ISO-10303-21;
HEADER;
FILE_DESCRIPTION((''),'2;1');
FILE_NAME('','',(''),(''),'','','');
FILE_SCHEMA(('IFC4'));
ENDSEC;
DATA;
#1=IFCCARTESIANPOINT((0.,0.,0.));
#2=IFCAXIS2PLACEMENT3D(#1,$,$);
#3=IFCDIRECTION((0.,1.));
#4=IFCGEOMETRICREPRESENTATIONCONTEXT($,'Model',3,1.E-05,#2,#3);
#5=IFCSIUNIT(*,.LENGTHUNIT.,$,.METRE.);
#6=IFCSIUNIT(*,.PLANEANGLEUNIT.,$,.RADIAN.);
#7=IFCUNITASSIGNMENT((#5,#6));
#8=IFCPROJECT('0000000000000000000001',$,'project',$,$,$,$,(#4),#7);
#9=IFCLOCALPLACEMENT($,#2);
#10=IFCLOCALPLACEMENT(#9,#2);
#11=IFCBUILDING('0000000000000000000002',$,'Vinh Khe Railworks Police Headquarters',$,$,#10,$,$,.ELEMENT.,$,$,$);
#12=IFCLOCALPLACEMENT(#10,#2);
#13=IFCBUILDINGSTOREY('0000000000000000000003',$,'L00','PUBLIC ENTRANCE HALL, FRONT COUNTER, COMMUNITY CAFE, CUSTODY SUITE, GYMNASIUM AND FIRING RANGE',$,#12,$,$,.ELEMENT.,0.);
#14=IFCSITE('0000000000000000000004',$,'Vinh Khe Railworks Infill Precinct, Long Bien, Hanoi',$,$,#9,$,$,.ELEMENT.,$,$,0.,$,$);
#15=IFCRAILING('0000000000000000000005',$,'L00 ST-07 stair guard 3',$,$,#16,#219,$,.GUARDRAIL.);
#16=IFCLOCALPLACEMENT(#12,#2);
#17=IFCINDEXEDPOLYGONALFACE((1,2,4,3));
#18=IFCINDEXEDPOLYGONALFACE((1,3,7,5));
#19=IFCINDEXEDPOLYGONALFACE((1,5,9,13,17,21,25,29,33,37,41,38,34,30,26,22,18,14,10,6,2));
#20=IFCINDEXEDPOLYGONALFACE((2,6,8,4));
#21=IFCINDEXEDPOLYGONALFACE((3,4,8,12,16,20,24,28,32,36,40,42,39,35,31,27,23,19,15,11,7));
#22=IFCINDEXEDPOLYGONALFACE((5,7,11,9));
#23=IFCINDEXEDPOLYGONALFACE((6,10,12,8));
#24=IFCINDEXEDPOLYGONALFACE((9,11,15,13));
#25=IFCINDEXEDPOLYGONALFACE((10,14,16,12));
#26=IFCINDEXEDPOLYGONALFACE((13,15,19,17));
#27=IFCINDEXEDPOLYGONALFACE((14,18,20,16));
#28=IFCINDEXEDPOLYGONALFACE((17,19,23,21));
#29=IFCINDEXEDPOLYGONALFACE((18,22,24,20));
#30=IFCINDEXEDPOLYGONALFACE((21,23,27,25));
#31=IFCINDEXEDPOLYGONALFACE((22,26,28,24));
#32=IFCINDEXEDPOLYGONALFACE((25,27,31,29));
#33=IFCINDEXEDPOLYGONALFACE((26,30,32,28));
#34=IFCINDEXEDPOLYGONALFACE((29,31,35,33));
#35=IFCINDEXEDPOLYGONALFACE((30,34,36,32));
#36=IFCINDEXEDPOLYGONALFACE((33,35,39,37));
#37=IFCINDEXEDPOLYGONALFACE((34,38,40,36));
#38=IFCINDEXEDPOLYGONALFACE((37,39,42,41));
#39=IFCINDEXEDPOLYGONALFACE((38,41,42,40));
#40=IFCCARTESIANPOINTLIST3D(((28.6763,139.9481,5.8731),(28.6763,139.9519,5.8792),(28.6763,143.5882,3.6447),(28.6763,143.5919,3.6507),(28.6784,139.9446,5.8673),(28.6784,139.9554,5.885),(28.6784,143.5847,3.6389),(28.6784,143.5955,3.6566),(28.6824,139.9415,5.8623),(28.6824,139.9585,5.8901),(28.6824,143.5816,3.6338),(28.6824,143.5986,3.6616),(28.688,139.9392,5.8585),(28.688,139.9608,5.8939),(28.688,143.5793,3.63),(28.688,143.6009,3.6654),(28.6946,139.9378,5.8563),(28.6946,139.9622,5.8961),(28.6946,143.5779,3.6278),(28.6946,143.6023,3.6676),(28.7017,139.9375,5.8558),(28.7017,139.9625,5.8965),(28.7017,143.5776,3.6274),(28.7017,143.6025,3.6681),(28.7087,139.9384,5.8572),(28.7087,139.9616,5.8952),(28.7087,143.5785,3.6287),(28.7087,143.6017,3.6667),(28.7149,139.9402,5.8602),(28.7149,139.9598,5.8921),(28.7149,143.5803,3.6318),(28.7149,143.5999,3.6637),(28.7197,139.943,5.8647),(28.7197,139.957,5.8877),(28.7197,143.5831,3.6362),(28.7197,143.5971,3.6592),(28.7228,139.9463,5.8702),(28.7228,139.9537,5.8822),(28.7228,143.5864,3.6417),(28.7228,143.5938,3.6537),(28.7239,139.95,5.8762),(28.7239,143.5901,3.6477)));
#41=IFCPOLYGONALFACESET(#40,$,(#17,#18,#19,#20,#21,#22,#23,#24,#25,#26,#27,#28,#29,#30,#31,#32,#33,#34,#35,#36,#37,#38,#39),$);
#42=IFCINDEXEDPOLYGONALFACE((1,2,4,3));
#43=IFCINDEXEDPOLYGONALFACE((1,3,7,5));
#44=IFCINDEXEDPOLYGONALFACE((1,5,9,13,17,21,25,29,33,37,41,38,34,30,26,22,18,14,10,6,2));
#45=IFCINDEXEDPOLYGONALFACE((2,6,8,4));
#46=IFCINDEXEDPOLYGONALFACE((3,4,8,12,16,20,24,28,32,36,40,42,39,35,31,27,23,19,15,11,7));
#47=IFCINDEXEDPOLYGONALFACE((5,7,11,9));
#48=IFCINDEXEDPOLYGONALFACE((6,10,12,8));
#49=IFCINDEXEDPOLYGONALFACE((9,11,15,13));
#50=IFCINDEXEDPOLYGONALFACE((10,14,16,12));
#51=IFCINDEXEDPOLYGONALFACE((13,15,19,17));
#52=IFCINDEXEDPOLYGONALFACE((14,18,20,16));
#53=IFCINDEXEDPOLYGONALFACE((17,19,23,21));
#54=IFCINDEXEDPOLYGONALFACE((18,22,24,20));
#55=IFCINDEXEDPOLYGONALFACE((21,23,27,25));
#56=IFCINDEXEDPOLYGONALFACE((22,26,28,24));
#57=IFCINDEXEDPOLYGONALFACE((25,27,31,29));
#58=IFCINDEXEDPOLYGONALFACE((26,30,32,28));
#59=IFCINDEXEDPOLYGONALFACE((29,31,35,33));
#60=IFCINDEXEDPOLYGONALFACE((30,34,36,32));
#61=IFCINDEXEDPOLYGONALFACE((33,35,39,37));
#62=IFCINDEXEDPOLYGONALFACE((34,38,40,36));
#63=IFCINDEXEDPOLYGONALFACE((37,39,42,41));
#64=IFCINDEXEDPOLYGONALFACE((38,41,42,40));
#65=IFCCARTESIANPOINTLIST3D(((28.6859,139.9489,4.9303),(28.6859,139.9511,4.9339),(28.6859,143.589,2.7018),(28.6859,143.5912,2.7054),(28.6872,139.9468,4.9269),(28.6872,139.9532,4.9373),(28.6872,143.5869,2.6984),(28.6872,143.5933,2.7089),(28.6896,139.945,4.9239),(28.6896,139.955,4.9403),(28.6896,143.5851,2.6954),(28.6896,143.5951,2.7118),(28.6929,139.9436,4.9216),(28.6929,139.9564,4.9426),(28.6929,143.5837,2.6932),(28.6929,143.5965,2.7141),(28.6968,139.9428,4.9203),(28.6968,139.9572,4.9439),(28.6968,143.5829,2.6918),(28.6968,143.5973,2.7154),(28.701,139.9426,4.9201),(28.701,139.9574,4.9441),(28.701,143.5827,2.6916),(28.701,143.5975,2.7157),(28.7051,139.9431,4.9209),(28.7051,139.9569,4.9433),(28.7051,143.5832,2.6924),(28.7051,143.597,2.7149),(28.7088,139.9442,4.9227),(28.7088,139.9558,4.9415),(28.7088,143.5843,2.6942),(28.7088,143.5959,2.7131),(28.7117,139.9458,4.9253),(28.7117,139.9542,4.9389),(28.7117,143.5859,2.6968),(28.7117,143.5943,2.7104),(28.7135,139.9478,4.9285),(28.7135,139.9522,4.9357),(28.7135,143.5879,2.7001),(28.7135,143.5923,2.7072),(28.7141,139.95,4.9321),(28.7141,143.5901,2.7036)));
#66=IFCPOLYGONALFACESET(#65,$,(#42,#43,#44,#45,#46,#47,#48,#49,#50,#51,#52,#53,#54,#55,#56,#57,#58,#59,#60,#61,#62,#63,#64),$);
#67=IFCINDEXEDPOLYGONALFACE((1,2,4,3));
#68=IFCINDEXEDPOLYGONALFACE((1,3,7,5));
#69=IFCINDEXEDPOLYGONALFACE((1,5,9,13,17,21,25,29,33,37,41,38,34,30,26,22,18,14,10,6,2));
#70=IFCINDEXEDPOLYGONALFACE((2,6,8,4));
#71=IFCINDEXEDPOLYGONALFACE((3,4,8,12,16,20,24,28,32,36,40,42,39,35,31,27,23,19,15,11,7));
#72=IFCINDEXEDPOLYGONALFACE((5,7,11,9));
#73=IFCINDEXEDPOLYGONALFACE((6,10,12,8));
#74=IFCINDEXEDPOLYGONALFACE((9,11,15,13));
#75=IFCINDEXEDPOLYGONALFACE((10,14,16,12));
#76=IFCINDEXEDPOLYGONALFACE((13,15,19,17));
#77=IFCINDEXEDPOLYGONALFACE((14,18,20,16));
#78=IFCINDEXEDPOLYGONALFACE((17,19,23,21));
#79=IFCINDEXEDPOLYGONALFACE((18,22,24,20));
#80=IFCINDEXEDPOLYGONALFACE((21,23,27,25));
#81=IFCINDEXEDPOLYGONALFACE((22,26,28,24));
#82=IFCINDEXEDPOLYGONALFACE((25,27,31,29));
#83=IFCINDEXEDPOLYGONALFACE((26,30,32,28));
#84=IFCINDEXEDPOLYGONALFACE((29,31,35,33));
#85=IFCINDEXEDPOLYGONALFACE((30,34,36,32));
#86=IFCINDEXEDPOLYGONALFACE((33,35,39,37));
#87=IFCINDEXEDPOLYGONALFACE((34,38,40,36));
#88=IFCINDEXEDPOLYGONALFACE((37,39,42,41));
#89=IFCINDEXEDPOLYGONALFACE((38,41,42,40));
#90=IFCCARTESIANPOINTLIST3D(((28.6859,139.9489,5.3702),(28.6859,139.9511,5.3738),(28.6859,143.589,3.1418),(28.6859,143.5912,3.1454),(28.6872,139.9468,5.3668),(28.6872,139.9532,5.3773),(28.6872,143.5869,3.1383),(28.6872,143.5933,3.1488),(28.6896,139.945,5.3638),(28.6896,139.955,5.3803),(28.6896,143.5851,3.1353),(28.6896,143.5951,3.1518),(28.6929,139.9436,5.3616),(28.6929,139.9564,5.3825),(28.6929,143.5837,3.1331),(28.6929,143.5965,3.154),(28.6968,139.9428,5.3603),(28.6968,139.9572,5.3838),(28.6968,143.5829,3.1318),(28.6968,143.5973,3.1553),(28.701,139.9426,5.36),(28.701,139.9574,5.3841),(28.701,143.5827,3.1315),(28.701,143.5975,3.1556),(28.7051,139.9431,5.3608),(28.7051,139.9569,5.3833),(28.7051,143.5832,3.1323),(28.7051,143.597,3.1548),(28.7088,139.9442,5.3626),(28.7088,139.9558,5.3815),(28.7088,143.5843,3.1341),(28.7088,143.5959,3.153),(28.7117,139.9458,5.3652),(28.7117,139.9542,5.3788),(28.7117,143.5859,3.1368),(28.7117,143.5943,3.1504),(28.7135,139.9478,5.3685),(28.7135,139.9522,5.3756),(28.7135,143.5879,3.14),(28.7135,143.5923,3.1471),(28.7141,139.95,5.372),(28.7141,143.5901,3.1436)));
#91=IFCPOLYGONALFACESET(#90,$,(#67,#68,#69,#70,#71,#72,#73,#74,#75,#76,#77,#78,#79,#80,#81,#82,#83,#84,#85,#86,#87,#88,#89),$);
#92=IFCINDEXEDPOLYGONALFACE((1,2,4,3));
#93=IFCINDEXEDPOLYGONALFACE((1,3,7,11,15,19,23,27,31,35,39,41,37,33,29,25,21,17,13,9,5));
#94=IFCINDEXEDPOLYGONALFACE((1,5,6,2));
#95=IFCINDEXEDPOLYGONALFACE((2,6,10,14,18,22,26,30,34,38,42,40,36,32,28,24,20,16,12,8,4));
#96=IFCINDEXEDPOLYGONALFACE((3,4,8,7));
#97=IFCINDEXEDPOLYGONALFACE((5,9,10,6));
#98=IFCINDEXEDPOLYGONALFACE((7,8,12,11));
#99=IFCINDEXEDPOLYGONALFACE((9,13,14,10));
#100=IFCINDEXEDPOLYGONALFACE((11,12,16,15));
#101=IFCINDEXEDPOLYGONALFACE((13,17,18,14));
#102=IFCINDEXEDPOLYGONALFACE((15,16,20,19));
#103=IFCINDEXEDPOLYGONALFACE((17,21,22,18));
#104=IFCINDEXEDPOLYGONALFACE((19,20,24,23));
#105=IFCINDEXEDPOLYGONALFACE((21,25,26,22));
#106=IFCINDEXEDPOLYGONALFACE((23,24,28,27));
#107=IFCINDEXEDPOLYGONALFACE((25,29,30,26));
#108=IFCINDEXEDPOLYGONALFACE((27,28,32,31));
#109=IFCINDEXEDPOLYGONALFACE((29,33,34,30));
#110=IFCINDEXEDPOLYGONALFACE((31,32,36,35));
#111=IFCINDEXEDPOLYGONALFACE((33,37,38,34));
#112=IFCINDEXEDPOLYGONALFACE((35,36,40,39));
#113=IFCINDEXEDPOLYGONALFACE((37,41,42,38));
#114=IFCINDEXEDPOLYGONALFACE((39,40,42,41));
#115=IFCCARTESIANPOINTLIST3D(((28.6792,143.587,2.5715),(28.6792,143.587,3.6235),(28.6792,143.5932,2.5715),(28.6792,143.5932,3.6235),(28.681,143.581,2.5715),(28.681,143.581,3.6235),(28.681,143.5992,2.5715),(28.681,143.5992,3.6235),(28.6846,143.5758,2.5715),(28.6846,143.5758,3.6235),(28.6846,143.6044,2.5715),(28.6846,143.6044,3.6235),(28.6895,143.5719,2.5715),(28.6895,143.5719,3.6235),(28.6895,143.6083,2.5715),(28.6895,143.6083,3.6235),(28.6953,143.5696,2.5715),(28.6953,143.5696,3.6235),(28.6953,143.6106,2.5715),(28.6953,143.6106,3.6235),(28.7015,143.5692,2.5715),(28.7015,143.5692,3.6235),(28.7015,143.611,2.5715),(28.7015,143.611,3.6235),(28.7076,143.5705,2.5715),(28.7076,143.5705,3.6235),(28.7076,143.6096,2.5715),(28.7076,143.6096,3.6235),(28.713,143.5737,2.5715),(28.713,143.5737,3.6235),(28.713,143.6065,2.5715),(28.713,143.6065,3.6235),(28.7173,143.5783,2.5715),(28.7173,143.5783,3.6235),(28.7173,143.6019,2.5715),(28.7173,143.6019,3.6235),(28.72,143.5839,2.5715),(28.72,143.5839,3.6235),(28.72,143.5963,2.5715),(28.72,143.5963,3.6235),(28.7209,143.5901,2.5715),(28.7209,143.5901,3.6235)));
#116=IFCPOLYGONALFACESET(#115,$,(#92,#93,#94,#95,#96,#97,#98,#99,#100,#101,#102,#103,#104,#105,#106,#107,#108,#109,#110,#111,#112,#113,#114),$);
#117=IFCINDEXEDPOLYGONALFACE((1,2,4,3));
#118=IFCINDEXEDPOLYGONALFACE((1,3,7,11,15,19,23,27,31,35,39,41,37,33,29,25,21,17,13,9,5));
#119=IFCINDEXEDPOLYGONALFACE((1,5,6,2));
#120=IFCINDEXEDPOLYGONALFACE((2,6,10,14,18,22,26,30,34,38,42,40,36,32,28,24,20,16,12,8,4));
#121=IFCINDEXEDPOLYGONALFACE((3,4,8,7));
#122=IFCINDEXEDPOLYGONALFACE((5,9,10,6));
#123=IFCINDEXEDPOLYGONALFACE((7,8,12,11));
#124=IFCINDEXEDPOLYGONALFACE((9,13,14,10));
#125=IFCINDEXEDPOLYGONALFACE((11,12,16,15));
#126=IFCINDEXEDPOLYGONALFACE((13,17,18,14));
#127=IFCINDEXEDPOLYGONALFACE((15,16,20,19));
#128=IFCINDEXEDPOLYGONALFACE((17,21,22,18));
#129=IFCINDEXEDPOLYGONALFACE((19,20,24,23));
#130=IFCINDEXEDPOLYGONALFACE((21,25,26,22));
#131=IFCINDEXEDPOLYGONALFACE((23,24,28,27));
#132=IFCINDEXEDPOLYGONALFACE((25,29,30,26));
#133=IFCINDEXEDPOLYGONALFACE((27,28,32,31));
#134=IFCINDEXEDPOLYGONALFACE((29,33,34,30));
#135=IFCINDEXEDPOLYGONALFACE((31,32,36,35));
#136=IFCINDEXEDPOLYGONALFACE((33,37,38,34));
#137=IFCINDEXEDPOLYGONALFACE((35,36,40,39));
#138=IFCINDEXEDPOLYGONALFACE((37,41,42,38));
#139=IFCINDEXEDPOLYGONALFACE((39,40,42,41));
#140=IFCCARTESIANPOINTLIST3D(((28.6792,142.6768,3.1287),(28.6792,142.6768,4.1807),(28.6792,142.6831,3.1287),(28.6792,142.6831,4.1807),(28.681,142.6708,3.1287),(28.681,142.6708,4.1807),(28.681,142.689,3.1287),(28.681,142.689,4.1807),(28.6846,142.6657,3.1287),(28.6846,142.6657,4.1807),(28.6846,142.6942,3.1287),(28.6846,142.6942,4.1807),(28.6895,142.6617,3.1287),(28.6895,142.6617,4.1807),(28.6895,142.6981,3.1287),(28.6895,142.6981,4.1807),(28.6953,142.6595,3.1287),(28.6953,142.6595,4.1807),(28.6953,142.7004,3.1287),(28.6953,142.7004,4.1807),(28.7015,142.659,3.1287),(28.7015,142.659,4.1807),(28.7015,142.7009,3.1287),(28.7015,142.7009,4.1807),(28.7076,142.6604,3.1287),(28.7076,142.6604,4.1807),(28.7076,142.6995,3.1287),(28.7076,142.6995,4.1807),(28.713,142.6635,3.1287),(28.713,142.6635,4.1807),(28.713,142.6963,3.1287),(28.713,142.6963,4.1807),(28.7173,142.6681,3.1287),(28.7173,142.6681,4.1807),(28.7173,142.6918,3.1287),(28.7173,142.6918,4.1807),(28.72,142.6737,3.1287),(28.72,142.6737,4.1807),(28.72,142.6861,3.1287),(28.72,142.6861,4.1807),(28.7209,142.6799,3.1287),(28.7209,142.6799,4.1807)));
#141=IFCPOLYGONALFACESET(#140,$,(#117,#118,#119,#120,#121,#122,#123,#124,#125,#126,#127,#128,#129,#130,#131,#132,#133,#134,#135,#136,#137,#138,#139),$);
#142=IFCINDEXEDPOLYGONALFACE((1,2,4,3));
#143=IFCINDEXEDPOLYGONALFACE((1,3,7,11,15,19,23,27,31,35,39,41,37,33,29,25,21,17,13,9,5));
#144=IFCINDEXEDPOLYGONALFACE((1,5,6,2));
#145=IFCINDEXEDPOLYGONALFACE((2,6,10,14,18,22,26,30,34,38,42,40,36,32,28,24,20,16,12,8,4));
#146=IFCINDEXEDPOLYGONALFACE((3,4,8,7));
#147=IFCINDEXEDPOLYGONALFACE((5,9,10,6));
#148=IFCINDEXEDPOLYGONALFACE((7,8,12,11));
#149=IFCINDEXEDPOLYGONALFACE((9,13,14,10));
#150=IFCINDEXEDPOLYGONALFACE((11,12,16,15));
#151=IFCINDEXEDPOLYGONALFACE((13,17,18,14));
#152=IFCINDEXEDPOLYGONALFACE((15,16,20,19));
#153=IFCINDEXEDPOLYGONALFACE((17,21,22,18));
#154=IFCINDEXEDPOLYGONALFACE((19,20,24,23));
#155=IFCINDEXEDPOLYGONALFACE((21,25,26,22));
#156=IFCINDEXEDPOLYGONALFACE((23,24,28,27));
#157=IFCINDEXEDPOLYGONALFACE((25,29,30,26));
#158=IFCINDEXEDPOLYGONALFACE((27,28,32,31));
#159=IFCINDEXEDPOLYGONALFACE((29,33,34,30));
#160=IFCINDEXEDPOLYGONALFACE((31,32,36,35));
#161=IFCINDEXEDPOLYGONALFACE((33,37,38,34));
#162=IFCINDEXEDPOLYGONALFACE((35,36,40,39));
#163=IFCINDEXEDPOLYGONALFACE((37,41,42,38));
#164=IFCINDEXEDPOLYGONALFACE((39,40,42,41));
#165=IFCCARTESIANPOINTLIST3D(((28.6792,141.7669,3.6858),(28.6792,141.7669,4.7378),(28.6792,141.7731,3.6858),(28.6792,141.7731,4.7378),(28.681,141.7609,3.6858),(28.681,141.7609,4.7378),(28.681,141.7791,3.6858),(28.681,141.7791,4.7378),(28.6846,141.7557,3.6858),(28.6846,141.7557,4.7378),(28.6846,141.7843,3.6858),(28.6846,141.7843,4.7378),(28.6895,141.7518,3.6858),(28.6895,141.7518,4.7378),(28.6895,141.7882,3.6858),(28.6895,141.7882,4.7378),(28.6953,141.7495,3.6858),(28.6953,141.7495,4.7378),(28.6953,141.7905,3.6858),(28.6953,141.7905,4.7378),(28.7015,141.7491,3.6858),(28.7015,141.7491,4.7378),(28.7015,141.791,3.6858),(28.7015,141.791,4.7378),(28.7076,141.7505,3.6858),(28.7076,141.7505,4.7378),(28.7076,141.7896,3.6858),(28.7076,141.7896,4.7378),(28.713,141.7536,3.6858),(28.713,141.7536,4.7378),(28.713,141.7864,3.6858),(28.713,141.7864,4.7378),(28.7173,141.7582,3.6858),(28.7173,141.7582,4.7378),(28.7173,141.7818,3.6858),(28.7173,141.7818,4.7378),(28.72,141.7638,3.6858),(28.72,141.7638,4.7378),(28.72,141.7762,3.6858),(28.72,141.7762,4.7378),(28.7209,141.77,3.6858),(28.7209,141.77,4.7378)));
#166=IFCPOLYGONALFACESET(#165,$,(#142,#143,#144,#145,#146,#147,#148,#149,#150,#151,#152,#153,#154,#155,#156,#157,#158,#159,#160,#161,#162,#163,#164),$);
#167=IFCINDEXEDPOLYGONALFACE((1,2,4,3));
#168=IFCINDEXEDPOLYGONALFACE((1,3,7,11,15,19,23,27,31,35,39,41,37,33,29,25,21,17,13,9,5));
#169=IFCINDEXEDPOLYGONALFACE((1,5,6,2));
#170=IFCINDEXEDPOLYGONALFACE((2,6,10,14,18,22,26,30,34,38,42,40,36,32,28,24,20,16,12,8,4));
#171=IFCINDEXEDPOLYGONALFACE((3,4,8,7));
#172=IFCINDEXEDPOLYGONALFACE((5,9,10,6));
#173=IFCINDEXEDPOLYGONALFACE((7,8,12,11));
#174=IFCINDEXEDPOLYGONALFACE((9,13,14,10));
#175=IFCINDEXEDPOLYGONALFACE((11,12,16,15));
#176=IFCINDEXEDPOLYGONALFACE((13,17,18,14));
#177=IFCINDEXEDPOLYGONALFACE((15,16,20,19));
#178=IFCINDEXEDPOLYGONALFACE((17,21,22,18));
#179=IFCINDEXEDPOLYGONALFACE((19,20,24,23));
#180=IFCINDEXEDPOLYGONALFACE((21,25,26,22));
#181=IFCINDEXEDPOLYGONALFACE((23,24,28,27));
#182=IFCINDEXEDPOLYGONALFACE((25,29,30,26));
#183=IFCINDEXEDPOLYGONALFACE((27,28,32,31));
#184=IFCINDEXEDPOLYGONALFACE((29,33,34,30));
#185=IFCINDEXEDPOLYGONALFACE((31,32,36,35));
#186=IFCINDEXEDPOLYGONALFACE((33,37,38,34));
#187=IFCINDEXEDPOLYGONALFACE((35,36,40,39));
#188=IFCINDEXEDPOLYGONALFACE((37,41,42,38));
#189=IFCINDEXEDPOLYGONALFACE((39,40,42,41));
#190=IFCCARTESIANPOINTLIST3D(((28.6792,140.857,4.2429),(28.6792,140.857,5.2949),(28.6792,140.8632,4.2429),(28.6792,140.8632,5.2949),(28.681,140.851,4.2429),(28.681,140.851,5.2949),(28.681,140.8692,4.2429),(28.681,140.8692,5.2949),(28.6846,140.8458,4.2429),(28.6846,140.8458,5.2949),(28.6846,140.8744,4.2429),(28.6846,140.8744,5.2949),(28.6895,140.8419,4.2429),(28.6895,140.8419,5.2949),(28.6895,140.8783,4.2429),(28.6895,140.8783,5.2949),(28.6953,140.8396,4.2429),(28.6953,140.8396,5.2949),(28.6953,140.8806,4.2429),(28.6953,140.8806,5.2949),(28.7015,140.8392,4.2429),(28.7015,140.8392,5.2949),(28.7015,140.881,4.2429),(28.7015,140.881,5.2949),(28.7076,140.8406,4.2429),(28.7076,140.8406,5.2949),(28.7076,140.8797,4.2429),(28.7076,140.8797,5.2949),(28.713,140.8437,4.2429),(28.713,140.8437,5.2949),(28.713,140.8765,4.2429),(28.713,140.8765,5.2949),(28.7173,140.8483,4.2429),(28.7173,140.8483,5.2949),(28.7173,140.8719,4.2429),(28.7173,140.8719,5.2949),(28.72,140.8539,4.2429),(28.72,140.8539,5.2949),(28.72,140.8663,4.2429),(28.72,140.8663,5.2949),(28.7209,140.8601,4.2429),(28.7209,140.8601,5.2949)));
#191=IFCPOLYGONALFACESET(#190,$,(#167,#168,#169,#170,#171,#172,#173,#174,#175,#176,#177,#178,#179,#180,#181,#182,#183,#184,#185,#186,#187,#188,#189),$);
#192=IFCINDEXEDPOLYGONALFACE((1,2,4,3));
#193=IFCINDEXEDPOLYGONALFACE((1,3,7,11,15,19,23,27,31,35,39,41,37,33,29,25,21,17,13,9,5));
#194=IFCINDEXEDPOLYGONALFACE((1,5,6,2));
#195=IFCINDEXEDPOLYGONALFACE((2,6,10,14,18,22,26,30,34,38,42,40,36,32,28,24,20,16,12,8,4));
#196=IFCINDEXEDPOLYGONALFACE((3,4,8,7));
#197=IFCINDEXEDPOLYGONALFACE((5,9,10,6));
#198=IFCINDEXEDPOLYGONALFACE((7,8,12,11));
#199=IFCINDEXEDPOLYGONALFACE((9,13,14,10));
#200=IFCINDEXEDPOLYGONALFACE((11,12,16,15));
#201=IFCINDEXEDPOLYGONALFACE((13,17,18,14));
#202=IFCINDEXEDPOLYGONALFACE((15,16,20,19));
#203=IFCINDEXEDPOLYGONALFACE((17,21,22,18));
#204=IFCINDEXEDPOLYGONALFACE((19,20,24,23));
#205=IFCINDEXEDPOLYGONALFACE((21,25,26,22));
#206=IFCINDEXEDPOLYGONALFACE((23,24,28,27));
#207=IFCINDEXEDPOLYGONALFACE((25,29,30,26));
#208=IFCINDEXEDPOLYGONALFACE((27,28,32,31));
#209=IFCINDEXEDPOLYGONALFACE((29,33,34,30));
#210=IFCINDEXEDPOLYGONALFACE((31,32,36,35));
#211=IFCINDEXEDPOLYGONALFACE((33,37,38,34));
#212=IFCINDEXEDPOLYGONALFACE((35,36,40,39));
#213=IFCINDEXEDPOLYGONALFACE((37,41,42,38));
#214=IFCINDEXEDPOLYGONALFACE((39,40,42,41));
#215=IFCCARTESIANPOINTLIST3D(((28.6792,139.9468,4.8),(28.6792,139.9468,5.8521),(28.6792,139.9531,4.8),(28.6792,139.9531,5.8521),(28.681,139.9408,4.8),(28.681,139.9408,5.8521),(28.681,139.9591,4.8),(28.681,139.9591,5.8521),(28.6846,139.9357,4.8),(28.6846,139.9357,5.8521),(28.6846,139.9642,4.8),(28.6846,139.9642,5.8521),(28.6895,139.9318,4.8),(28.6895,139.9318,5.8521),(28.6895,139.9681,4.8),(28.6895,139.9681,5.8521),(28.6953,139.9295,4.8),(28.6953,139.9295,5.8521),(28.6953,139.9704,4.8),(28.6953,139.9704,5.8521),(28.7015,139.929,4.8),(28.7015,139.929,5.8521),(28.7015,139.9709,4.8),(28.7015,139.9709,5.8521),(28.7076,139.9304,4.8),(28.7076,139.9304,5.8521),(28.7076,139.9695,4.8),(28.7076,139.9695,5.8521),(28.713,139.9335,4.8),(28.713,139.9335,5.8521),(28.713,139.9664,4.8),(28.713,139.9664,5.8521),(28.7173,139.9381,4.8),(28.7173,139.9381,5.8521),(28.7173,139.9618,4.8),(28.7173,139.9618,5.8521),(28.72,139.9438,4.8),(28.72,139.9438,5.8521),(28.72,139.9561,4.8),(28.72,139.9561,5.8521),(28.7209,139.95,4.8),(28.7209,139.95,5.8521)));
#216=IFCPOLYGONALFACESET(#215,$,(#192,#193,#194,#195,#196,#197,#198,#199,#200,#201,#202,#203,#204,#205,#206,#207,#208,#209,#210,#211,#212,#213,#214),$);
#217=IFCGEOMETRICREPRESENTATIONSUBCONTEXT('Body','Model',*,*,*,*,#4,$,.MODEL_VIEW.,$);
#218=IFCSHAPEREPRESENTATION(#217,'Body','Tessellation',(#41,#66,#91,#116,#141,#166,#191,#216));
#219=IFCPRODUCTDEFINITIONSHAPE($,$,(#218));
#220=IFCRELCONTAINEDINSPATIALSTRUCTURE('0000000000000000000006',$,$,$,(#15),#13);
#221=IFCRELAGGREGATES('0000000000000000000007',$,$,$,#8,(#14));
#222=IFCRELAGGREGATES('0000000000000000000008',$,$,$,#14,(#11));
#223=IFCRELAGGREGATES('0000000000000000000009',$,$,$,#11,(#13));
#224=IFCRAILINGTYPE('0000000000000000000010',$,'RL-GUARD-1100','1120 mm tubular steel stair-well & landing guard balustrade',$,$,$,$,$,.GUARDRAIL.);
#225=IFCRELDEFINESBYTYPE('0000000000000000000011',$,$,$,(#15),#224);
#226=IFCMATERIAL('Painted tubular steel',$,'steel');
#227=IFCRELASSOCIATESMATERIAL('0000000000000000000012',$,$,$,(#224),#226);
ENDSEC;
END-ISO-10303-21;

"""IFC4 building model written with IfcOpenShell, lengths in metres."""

from ifc_helpers import new_model, si_unit, direction, frame, origin, origin_2d, place, context, subcontext, project, spatial, circle, extrude, material, type_object, element, save


model = new_model("IFC4")

# Units and contexts
model_context = context("Model", 3, precision=1e-05, world=origin(), true_north=direction((0.0, 1.0)))
body_context = subcontext(model_context, "Body", "Model", "MODEL_VIEW")
ifc_project = project(units=[si_unit("LENGTHUNIT", "METRE"), si_unit("PLANEANGLEUNIT", "RADIAN")], contexts=[model_context])

# Site, building, storey
site_placement = place(None, origin())
site = spatial("IfcSite", under=ifc_project, at=site_placement, Name="Vinh Khe Railworks Infill Precinct, Long Bien, Hanoi", CompositionType="ELEMENT", RefElevation=0.0)
building_placement = place(site_placement, origin())
building = spatial("IfcBuilding", under=site, at=building_placement, Name="Vinh Khe Railworks Police Headquarters", CompositionType="ELEMENT")
storey_placement = place(building_placement, origin())
storey = spatial("IfcBuildingStorey", under=building, at=storey_placement, Name="L00", Description="PUBLIC ENTRANCE HALL, FRONT COUNTER, COMMUNITY CAFE, CUSTODY SUITE, GYMNASIUM AND FIRING RANGE", CompositionType="ELEMENT", Elevation=0.0)

# Railing
ifc_material_1 = material(Name="Painted tubular steel", Category="steel")
railing_type_1 = type_object("IfcRailingType", Name="RL-GUARD-1100", Description="1120 mm tubular steel stair-well & landing guard balustrade", PredefinedType="GUARDRAIL", material=ifc_material_1)
railing_1_placement = place(storey_placement, frame((28.7, 143.5901, 2.5715)))
element("IfcRailing", 1, at=railing_1_placement, inside=storey, type_object=railing_type_1, Name="L00 ST-07 stair guard 3", PredefinedType="GUARDRAIL", context=body_context, shape_type="SweptSolid", body=[
    extrude(circle(Radius=0.0239, at=origin_2d()), frame((0.0, 0.0, 1.0762), z_axis=(0.0, -0.852866, 0.52213), x_axis=(1.0, 0.0, 0.0)), (0.0, 0.0, 1.0), 4.2681),
    extrude(circle(Radius=0.0142, at=origin_2d()), frame((0.0, 0.0, 0.1321), z_axis=(0.0, -0.852866, 0.52213), x_axis=(1.0, 0.0, 0.0)), (0.0, 0.0, 1.0), 4.2681),
    extrude(circle(Radius=0.0142, at=origin_2d()), frame((0.0, 0.0, 0.572), z_axis=(0.0, -0.852866, 0.52213), x_axis=(1.0, 0.0, 0.0)), (0.0, 0.0, 1.0), 4.2681),
    extrude(circle(Radius=0.021, at=origin_2d()), origin(), (0.0, 0.0, 1.0), 1.052),
    extrude(circle(Radius=0.021, at=origin_2d()), frame((0.0, -0.9102, 0.5571)), (0.0, 0.0, 1.0), 1.052),
    extrude(circle(Radius=0.021, at=origin_2d()), frame((0.0, -1.8201, 1.1143)), (0.0, 0.0, 1.0), 1.052),
    extrude(circle(Radius=0.021, at=origin_2d()), frame((0.0, -2.73, 1.6714)), (0.0, 0.0, 1.0), 1.052),
    extrude(circle(Radius=0.021, at=origin_2d()), frame((0.0, -3.6401, 2.2285)), (0.0, 0.0, 1.0), 1.052),
])

save(model, "model.ifc")
